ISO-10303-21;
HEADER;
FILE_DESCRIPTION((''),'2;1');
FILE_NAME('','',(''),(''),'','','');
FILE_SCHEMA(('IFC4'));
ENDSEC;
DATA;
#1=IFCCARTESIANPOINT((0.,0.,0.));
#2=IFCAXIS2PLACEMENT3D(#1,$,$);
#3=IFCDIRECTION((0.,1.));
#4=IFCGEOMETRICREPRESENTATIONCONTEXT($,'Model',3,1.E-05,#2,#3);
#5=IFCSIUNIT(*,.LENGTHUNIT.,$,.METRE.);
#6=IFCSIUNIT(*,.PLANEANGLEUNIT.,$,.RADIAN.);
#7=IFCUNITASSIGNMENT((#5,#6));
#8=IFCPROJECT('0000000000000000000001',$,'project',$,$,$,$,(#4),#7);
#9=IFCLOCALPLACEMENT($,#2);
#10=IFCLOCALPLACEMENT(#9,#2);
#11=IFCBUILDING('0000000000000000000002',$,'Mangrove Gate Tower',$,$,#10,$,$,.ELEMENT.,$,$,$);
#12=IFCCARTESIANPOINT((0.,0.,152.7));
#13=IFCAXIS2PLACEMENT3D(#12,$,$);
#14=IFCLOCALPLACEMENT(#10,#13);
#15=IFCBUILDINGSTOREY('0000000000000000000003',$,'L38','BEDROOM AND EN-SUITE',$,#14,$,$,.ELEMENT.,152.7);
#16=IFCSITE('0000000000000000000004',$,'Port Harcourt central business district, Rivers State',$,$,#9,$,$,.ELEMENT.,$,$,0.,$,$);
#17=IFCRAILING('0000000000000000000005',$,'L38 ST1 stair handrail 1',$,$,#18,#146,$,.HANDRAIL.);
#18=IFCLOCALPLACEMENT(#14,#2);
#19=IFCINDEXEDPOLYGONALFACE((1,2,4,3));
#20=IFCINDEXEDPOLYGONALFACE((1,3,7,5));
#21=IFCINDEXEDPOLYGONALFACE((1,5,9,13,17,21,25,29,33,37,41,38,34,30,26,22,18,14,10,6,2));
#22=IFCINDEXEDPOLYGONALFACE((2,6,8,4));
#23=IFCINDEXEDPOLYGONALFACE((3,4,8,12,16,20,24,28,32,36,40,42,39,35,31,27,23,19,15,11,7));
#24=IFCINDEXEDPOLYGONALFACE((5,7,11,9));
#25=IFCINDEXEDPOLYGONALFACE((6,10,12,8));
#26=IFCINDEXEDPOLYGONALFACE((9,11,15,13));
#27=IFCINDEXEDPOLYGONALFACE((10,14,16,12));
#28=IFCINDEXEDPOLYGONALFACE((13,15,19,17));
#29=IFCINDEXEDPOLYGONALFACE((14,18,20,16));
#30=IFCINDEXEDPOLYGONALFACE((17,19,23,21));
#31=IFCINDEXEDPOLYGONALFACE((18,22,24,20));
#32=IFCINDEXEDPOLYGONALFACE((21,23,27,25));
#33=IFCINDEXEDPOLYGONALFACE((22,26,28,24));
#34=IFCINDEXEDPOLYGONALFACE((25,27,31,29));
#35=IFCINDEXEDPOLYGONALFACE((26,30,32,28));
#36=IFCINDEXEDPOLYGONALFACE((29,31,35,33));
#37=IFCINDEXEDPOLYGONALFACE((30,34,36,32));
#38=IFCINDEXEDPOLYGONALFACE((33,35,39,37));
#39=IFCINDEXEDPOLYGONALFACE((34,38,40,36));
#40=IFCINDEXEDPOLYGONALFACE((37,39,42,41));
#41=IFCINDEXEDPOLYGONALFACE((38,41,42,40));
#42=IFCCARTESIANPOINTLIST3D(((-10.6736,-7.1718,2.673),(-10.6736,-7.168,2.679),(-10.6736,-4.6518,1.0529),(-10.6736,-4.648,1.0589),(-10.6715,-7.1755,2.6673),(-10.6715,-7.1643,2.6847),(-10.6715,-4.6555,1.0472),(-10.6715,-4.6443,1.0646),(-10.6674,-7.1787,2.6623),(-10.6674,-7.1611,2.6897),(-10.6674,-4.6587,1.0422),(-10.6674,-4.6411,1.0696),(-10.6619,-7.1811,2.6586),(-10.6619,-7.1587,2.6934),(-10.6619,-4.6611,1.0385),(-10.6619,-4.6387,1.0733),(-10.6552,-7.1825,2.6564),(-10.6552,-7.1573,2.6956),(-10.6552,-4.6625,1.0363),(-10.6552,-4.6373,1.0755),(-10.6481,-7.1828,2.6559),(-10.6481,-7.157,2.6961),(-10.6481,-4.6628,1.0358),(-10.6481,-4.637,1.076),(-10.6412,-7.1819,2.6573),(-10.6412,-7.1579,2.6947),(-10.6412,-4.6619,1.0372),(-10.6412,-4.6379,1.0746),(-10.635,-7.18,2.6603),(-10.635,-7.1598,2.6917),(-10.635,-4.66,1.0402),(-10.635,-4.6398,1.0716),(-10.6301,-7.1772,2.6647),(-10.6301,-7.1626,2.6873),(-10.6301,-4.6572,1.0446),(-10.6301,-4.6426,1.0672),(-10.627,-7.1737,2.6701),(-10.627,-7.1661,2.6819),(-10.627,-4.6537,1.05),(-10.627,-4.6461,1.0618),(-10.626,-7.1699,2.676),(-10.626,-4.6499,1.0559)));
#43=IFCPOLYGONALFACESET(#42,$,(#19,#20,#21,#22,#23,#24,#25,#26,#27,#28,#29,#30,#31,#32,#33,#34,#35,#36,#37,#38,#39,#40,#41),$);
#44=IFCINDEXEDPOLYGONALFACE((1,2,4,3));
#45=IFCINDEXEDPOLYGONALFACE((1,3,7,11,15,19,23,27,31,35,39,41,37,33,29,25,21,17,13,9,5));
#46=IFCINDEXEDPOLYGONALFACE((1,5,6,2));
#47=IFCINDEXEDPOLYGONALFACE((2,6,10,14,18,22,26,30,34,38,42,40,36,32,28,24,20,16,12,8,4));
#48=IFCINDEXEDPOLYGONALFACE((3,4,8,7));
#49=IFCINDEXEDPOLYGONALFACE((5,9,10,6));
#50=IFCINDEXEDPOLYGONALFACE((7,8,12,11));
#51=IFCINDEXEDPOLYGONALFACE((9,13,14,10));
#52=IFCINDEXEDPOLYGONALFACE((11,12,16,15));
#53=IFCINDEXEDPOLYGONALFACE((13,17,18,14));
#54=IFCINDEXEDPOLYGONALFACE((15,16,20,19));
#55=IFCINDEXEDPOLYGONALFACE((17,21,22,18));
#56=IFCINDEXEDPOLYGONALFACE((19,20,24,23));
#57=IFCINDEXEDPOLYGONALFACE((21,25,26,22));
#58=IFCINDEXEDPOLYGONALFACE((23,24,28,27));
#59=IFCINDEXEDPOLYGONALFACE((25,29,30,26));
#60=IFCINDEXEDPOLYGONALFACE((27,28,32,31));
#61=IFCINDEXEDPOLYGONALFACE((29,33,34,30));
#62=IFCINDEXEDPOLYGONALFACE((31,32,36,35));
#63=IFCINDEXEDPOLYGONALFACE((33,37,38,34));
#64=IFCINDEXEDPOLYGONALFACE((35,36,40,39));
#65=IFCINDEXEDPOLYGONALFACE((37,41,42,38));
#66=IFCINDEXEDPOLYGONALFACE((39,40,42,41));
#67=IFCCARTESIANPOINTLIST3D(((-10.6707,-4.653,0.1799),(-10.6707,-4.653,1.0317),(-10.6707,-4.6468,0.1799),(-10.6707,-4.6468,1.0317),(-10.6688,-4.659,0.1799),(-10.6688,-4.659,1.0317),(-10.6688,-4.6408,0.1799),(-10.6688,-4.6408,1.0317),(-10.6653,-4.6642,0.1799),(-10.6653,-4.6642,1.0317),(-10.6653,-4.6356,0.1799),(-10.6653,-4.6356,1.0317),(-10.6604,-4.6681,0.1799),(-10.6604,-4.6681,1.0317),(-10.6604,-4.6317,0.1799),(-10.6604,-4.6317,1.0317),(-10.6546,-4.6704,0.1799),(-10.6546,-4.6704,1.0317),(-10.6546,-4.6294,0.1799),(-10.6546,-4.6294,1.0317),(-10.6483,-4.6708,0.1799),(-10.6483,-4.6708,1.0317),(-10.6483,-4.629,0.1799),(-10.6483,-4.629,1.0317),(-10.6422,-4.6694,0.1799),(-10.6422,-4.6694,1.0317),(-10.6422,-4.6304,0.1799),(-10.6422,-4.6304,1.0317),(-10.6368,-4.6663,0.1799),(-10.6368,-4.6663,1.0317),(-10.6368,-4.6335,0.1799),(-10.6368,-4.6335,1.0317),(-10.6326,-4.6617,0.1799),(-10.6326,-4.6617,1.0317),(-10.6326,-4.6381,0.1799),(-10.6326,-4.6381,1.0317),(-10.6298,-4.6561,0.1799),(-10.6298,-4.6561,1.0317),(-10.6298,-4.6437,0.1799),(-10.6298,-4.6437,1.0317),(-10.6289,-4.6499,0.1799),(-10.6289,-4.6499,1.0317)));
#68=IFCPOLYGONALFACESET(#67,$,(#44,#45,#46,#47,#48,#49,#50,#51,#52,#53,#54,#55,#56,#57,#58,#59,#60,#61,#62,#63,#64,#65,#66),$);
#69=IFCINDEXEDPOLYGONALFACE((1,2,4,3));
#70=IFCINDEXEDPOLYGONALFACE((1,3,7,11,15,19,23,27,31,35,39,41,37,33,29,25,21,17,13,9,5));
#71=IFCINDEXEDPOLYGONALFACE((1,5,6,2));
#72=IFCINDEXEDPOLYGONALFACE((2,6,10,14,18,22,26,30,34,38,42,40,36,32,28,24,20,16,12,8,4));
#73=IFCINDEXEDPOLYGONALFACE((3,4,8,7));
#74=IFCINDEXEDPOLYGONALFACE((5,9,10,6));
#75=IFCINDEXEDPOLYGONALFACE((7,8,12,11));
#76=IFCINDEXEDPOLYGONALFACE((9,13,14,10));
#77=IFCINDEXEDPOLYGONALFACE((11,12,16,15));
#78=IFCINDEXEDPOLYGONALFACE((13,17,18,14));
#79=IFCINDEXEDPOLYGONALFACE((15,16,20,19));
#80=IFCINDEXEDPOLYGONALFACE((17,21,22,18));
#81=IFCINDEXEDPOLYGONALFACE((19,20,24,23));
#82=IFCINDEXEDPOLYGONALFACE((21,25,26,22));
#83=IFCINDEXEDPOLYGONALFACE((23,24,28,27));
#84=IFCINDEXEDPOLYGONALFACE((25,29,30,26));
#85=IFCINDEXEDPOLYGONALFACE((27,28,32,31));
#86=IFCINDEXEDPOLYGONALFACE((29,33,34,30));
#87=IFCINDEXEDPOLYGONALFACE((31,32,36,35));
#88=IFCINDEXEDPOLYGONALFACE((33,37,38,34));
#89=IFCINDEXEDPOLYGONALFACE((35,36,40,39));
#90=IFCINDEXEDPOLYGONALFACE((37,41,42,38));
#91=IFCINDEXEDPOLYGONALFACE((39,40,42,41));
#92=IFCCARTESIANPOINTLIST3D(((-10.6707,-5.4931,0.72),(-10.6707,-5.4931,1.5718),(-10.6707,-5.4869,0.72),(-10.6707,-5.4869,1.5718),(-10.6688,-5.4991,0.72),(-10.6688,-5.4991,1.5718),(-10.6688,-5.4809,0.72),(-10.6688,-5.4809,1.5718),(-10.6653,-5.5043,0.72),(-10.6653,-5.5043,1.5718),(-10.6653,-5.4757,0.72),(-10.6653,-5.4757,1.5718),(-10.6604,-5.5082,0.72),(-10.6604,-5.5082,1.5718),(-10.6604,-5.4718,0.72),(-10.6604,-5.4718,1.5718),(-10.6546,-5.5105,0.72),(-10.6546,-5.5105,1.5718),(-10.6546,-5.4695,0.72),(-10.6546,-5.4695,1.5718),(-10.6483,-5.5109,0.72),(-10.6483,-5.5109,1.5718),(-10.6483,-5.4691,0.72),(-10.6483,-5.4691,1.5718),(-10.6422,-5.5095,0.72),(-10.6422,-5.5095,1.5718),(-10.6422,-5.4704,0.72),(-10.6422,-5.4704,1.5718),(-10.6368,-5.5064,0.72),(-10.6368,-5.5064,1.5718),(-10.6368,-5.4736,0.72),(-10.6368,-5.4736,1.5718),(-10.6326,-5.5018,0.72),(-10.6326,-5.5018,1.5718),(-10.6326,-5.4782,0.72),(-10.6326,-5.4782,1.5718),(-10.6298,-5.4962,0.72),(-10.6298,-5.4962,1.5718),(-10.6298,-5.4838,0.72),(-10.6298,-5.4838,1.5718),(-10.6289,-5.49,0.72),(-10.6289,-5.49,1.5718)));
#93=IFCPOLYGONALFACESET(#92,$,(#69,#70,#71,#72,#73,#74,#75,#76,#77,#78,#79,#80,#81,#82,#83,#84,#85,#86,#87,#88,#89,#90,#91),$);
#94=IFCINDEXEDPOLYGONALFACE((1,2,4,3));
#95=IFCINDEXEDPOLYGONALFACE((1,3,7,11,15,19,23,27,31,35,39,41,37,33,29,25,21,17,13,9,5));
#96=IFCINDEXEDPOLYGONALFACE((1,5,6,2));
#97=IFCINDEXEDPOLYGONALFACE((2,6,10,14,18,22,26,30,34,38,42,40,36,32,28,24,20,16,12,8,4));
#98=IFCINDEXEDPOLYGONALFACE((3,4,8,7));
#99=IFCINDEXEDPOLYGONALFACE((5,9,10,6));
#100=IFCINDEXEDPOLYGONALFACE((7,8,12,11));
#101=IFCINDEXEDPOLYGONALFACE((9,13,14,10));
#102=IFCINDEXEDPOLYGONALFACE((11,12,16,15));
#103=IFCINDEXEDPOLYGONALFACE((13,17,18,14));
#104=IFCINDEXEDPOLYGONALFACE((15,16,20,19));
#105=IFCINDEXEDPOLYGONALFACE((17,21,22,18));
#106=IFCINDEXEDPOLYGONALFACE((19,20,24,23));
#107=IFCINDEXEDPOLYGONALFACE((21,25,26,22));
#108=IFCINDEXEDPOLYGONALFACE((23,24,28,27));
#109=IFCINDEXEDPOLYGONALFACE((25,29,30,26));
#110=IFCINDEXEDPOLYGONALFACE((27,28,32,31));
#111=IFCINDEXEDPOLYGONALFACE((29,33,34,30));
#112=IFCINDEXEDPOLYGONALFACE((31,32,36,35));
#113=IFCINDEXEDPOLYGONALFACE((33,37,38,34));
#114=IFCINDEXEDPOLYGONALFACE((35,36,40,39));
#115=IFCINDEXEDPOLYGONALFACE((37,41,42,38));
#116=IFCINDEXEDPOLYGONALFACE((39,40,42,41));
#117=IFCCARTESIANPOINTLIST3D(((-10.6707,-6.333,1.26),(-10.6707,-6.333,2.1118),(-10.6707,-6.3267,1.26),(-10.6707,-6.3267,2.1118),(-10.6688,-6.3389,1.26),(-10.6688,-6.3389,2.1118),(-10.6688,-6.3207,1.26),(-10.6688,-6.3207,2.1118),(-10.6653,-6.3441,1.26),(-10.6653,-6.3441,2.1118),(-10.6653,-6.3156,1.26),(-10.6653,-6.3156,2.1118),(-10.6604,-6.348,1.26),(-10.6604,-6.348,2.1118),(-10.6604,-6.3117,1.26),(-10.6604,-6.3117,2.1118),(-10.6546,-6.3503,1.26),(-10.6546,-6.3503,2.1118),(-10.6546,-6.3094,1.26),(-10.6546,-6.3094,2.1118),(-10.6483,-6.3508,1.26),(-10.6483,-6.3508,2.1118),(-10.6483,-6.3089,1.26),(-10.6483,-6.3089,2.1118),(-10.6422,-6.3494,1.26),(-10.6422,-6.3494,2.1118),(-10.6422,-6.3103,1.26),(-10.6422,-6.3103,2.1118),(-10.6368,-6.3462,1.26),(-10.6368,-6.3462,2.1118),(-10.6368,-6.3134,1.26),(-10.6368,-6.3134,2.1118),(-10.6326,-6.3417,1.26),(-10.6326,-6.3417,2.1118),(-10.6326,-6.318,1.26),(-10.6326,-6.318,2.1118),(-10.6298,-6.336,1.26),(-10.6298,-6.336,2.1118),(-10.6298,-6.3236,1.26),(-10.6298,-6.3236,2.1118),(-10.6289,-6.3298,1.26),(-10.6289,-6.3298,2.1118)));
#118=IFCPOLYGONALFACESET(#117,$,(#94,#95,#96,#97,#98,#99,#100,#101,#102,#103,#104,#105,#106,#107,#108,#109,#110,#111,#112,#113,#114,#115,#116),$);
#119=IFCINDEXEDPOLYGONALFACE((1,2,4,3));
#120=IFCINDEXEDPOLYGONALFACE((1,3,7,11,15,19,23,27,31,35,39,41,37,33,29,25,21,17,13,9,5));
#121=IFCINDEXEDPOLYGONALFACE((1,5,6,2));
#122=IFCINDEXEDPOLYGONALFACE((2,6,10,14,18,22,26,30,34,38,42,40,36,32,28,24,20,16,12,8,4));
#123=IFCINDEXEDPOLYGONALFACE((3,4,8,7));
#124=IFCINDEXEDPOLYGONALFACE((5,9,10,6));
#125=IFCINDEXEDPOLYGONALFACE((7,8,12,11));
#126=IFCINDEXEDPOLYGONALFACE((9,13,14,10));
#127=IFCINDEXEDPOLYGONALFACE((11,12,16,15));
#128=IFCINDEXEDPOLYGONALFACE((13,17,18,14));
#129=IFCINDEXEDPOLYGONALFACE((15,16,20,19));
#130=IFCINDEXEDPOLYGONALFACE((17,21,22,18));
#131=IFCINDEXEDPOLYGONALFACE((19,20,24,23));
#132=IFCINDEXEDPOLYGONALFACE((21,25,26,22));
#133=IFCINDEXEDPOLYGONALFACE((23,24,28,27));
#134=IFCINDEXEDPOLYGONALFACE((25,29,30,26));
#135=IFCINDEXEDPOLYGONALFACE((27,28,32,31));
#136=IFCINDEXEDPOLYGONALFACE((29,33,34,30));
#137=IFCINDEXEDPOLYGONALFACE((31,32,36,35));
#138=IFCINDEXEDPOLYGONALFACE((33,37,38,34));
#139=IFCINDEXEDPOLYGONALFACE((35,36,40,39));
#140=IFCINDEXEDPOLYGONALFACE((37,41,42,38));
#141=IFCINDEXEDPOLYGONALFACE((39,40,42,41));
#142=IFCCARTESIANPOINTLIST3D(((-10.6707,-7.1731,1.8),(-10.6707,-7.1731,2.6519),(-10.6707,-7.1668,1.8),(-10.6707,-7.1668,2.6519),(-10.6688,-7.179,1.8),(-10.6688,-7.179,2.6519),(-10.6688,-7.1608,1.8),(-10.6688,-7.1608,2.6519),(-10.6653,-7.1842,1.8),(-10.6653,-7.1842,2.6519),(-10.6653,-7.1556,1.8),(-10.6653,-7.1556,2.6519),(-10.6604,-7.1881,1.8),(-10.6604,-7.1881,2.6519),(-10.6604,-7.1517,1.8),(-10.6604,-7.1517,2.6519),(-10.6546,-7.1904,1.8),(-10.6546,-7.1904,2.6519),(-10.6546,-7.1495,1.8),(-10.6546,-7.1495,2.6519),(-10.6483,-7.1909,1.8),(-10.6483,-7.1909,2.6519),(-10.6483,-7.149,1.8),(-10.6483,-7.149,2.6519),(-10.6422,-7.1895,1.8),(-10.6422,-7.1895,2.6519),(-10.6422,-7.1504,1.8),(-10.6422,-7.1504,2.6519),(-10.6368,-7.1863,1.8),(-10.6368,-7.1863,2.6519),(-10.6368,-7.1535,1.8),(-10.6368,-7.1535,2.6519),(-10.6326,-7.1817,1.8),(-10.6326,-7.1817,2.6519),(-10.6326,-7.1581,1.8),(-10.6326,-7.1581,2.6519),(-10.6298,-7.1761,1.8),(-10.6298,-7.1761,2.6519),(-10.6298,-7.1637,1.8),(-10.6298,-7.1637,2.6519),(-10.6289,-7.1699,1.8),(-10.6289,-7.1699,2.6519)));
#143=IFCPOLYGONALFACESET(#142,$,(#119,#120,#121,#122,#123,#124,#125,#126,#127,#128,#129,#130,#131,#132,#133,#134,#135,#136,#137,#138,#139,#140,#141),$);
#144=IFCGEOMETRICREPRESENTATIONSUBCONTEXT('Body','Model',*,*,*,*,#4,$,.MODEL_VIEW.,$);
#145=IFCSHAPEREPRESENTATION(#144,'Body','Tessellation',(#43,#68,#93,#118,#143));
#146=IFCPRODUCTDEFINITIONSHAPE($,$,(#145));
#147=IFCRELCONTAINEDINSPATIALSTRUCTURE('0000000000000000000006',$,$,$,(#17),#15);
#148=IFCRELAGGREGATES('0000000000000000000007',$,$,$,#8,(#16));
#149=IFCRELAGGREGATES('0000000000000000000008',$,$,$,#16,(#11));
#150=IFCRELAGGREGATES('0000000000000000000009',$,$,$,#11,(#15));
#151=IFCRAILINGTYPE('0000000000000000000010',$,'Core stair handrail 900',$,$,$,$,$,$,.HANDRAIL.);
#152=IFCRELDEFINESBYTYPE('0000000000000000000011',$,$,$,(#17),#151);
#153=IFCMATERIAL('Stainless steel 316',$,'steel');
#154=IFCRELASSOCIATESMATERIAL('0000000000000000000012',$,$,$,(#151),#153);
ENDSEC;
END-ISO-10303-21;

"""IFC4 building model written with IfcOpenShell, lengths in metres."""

from ifc_helpers import new_model, si_unit, direction, frame, origin, origin_2d, place, context, subcontext, project, spatial, circle, extrude, material, type_object, element, save


model = new_model("IFC4")

# Units and contexts
model_context = context("Model", 3, precision=1e-05, world=origin(), true_north=direction((0.0, 1.0)))
body_context = subcontext(model_context, "Body", "Model", "MODEL_VIEW")
ifc_project = project(units=[si_unit("LENGTHUNIT", "METRE"), si_unit("PLANEANGLEUNIT", "RADIAN")], contexts=[model_context])

# Site, building, storey
site_placement = place(None, origin())
site = spatial("IfcSite", under=ifc_project, at=site_placement, Name="Port Harcourt central business district, Rivers State", CompositionType="ELEMENT", RefElevation=0.0)
building_placement = place(site_placement, origin())
building = spatial("IfcBuilding", under=site, at=building_placement, Name="Mangrove Gate Tower", CompositionType="ELEMENT")
storey_placement = place(building_placement, frame((0.0, 0.0, 152.7)))
storey = spatial("IfcBuildingStorey", under=building, at=storey_placement, Name="L38", Description="BEDROOM AND EN-SUITE", CompositionType="ELEMENT", Elevation=152.7)

# Railing
ifc_material_1 = material(Name="Stainless steel 316", Category="steel")
railing_type_1 = type_object("IfcRailingType", Name="Core stair handrail 900", PredefinedType="HANDRAIL", material=ifc_material_1)
railing_1_placement = place(storey_placement, frame((-10.6499, -4.6499, 0.1799)))
element("IfcRailing", 1, at=railing_1_placement, inside=storey, type_object=railing_type_1, Name="L38 ST1 stair handrail 1", PredefinedType="HANDRAIL", context=body_context, shape_type="SweptSolid", body=[
    extrude(circle(Radius=0.0239, at=origin_2d()), frame((0.0, 0.0, 0.876), z_axis=(0.0, -0.841163, 0.540782), x_axis=(1.0, 0.0, 0.0)), (0.0, 0.0, 1.0), 2.9958),
    extrude(circle(Radius=0.021, at=origin_2d()), origin(), (0.0, 0.0, 1.0), 0.8518),
    extrude(circle(Radius=0.021, at=origin_2d()), frame((0.0, -0.8401, 0.54)), (0.0, 0.0, 1.0), 0.8518),
    extrude(circle(Radius=0.021, at=origin_2d()), frame((0.0, -1.6799, 1.0801)), (0.0, 0.0, 1.0), 0.8518),
    extrude(circle(Radius=0.021, at=origin_2d()), frame((0.0, -2.52, 1.6201)), (0.0, 0.0, 1.0), 0.8518),
])

save(model, "model.ifc")
